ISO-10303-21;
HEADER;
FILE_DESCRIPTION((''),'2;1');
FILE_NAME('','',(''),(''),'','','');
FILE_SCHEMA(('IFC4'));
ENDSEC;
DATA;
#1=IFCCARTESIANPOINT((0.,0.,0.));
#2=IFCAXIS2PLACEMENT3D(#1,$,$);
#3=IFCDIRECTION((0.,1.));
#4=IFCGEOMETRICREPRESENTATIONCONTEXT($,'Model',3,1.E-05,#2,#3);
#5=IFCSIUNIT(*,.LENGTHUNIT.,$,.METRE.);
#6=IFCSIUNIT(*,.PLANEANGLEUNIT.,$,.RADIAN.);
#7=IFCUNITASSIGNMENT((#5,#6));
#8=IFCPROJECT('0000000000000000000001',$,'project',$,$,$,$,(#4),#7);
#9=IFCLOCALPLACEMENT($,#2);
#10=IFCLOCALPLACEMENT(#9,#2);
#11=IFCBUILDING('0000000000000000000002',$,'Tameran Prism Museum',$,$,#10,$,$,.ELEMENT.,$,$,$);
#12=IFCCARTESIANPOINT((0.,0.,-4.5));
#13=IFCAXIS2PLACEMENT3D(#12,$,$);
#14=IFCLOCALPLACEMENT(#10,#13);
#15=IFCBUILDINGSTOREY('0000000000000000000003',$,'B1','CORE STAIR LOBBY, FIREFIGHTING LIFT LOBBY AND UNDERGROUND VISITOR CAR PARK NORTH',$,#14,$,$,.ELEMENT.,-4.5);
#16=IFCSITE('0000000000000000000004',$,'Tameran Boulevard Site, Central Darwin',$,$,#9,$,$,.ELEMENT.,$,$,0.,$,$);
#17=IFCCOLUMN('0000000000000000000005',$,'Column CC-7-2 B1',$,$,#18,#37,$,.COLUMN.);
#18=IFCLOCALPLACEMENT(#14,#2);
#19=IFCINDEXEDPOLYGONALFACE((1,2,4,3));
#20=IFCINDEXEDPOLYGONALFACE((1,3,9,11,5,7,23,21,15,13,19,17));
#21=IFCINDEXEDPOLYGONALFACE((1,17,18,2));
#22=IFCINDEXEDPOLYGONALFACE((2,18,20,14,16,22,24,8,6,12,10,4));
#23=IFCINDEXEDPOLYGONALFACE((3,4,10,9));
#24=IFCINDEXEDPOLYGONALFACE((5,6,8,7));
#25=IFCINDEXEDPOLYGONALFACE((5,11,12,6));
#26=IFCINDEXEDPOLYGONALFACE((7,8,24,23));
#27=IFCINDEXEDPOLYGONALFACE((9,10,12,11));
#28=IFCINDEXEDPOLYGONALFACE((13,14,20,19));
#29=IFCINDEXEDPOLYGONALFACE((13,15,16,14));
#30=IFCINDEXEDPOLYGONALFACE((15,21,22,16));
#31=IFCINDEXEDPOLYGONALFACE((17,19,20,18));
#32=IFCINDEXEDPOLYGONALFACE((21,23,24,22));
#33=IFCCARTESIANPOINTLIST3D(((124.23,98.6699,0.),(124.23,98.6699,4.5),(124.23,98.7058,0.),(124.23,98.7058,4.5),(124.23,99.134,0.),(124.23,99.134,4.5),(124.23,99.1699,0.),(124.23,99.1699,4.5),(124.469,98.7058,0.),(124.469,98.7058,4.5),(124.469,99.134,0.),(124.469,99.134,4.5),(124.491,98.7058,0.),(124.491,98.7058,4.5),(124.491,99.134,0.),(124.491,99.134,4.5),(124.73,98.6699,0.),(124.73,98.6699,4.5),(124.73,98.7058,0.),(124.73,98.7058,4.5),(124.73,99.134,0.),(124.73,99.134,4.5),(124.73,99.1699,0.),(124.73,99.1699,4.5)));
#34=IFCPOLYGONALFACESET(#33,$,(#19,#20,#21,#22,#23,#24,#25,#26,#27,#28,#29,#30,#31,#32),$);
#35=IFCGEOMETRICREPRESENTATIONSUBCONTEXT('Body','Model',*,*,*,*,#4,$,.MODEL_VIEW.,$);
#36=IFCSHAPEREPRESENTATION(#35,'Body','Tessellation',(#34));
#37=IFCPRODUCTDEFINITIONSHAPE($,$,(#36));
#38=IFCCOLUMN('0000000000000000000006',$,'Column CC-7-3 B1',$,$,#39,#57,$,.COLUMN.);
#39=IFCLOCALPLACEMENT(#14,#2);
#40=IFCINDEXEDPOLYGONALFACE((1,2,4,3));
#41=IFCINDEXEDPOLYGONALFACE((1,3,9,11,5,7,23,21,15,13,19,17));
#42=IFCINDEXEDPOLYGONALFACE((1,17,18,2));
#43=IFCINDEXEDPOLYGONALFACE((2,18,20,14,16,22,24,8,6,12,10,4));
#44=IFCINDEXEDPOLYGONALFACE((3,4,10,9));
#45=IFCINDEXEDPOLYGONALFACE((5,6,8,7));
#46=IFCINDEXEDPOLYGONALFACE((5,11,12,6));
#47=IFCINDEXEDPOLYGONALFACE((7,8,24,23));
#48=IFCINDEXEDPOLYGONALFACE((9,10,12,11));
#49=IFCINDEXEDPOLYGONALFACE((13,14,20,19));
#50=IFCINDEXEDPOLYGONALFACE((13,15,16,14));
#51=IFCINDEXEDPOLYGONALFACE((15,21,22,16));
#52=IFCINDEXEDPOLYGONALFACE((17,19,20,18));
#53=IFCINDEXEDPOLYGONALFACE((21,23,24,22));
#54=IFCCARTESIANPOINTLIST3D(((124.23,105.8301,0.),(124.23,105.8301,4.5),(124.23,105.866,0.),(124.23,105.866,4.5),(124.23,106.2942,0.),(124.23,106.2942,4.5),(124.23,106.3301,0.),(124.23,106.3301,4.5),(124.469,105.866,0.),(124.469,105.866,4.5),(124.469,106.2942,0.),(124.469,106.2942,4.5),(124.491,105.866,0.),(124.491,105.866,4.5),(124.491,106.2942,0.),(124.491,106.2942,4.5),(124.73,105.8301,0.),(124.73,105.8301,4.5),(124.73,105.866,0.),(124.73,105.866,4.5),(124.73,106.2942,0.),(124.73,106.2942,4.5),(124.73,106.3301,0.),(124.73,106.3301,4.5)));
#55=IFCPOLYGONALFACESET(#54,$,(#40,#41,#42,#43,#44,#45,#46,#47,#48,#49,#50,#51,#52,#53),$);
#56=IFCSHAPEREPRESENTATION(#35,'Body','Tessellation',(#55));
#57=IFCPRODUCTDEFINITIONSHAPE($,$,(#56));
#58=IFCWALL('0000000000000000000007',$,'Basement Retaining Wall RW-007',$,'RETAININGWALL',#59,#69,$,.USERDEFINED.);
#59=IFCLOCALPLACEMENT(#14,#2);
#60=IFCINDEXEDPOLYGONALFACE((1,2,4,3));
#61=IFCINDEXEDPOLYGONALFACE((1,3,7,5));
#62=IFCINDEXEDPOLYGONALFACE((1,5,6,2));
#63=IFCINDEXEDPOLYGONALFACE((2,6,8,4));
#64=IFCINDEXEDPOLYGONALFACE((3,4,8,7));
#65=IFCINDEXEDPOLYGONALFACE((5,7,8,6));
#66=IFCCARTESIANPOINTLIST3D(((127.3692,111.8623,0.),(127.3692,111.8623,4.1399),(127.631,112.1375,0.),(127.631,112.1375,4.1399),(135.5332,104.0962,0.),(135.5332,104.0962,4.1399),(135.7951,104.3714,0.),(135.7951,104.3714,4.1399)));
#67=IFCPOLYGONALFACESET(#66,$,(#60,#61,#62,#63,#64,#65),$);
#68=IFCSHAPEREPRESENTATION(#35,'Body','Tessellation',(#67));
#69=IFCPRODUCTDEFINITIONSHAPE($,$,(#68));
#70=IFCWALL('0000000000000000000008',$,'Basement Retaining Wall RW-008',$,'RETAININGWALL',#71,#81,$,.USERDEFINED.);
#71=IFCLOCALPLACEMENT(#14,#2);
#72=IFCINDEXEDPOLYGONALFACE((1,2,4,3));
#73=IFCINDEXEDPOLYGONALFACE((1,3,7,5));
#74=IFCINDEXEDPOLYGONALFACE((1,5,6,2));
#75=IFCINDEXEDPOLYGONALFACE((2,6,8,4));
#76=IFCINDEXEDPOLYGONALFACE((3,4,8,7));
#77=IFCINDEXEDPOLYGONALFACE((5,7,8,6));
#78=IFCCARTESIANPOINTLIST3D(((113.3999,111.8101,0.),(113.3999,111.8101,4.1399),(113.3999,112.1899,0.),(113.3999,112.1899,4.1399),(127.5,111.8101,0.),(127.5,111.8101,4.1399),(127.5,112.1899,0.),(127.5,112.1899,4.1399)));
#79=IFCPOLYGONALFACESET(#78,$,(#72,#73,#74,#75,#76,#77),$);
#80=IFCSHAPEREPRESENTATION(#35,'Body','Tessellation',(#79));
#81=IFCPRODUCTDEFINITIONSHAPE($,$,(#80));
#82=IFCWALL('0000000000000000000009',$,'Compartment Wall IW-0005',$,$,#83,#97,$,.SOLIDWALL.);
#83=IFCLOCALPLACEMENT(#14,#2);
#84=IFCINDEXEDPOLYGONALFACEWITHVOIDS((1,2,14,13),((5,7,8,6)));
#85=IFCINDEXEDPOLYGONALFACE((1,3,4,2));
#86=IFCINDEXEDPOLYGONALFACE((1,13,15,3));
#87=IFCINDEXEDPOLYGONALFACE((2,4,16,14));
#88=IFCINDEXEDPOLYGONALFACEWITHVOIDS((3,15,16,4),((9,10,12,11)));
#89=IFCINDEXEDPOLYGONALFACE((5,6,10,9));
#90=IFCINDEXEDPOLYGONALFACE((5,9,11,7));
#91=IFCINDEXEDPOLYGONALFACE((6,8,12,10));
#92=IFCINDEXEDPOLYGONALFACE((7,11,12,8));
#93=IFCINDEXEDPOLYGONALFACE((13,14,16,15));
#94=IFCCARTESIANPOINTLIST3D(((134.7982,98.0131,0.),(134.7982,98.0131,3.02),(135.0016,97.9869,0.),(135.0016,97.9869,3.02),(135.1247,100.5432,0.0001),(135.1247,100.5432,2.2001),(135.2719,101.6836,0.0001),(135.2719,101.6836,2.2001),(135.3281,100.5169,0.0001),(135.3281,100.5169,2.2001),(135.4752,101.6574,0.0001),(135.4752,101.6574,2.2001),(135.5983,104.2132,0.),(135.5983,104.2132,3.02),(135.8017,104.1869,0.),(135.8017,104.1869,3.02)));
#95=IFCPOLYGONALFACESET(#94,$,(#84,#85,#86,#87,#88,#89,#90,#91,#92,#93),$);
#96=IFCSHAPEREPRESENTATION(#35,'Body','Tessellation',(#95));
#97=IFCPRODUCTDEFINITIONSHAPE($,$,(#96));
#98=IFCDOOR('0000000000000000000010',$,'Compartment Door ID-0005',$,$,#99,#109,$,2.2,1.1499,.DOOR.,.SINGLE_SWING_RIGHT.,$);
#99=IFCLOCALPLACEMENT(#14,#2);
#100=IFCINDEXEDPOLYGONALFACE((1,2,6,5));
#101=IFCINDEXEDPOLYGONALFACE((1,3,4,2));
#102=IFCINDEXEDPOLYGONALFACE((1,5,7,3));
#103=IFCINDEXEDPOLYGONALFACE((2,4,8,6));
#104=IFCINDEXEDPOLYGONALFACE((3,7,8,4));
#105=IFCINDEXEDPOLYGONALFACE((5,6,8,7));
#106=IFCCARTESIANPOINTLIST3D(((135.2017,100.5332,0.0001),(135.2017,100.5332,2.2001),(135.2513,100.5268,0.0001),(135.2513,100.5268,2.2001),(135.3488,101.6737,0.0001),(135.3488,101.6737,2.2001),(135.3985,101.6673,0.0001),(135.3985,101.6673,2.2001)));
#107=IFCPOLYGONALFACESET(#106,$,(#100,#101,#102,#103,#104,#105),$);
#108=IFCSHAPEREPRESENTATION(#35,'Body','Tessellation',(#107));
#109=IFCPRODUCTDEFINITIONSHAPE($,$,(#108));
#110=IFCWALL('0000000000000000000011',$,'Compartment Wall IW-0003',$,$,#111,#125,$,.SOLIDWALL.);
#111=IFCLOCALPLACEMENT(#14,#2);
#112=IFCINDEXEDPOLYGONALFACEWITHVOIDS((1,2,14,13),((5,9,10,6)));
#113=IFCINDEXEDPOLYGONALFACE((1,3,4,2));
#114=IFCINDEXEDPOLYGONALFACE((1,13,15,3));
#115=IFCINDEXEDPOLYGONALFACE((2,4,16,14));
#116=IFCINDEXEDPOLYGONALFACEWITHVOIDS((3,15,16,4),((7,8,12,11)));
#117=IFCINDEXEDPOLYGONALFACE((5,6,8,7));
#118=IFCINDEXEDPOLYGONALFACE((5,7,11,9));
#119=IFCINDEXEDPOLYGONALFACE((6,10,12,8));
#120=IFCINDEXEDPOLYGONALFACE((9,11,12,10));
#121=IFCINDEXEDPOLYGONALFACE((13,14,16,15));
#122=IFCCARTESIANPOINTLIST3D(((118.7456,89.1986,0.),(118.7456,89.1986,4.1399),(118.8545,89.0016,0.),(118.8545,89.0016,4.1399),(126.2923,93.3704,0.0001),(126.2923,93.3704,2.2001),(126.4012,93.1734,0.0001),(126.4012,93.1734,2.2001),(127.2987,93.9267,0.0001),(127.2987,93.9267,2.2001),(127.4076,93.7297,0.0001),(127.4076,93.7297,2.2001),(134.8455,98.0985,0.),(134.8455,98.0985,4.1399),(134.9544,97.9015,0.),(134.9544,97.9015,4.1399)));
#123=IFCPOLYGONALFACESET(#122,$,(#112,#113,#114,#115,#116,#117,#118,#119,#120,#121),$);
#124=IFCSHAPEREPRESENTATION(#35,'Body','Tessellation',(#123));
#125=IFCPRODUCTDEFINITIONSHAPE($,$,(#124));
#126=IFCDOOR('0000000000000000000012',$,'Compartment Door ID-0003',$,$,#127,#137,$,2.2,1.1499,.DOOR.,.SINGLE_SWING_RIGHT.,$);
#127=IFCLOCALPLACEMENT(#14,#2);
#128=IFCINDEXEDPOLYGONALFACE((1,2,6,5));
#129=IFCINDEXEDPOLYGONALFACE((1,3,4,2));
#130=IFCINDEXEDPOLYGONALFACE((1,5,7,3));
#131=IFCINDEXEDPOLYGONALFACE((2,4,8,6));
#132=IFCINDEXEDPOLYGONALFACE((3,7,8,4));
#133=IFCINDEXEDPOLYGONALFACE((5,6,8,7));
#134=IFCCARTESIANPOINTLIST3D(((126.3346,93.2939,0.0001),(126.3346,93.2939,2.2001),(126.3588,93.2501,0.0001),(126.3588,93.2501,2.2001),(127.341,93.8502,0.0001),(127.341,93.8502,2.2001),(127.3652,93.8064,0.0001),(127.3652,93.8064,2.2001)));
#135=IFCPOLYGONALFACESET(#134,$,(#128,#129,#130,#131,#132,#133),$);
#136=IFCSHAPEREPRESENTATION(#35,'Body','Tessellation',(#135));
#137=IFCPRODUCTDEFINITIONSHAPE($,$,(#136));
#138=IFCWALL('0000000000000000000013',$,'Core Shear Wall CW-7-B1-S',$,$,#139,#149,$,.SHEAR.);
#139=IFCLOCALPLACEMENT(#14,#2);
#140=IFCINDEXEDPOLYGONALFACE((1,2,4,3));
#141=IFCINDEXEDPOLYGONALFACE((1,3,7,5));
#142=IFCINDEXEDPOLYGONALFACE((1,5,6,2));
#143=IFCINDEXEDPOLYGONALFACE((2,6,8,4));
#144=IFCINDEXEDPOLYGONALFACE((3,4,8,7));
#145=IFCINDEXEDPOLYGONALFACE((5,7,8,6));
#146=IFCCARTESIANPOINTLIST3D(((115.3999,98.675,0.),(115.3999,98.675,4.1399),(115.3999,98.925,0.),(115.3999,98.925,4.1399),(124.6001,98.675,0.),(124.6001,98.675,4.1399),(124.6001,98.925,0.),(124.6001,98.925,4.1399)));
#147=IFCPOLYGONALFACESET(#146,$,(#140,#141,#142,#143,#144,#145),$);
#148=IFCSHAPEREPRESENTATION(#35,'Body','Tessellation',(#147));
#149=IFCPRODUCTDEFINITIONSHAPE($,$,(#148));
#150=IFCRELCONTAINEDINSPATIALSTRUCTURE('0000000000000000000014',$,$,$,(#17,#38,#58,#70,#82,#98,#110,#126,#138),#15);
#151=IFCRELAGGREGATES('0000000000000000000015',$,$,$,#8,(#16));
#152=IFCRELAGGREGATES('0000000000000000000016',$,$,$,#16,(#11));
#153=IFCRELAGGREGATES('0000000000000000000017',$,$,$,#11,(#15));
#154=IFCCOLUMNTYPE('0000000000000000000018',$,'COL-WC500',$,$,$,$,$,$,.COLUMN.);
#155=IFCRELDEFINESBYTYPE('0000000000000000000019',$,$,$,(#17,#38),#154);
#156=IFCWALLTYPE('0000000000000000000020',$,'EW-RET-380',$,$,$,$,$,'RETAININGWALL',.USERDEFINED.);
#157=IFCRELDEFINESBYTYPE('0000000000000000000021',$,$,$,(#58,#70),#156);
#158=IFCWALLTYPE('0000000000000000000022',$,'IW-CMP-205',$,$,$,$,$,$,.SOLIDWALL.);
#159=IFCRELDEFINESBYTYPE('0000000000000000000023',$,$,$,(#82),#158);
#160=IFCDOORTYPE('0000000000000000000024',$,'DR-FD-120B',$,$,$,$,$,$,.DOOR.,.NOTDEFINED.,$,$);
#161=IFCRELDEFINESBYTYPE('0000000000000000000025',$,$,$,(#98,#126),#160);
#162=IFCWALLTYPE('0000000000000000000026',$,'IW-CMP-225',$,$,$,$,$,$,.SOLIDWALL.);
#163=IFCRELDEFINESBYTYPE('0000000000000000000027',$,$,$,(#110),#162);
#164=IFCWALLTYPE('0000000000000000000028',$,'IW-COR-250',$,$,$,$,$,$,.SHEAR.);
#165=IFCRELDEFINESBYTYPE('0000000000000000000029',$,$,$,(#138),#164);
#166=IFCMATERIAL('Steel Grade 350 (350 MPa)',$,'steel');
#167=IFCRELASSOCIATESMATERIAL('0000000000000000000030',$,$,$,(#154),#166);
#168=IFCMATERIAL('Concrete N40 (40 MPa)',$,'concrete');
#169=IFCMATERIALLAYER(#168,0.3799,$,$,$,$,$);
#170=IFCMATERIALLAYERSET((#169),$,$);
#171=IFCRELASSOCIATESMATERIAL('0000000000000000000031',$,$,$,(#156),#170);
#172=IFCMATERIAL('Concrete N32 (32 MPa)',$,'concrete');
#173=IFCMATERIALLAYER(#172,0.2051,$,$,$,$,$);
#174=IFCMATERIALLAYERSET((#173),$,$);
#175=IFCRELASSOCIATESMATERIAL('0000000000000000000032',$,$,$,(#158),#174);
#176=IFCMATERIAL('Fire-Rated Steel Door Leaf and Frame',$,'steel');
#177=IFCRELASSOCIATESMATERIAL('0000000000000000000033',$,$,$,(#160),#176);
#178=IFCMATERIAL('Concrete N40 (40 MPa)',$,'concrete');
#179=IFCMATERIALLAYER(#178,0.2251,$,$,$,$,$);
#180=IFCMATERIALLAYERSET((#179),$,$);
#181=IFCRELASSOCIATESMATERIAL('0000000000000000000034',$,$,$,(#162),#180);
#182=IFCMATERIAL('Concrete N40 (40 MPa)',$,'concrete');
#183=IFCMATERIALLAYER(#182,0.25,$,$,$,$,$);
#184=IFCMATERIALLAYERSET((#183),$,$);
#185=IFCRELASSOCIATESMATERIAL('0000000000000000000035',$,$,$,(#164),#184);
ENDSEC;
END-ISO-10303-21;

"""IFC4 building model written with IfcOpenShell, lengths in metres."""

from ifc_helpers import new_model, si_unit, direction, frame, frame_2d, origin, origin_2d, place, context, subcontext, project, spatial, rectangle, i_section, extrude, material, layer, layer_set, material_profile, profile_set, type_object, element, fill, save


model = new_model("IFC4")

# Units and contexts
model_context = context("Model", 3, precision=1e-05, world=origin(), true_north=direction((0.0, 1.0)))
body_context = subcontext(model_context, "Body", "Model", "MODEL_VIEW")
ifc_project = project(units=[si_unit("LENGTHUNIT", "METRE"), si_unit("PLANEANGLEUNIT", "RADIAN")], contexts=[model_context])

# Site, building, storey
site_placement = place(None, origin())
site = spatial("IfcSite", under=ifc_project, at=site_placement, Name="Tameran Boulevard Site, Central Darwin", CompositionType="ELEMENT", RefElevation=0.0)
building_placement = place(site_placement, origin())
building = spatial("IfcBuilding", under=site, at=building_placement, Name="Tameran Prism Museum", CompositionType="ELEMENT")
storey_placement = place(building_placement, frame((0.0, 0.0, -4.5)))
storey = spatial("IfcBuildingStorey", under=building, at=storey_placement, Name="B1", Description="CORE STAIR LOBBY, FIREFIGHTING LIFT LOBBY AND UNDERGROUND VISITOR CAR PARK NORTH", CompositionType="ELEMENT", Elevation=-4.5)

# Columns
ifc_material_1 = material(Name="Steel Grade 350 (350 MPa)", Category="steel")
ifc_material_profile_1 = material_profile(ifc_material_1, i_section(OverallWidth=0.5, OverallDepth=0.5, WebThickness=0.022, FlangeThickness=0.0359, at=origin_2d()))
ifc_profile_set_1 = profile_set([ifc_material_profile_1])
column_type = type_object("IfcColumnType", Name="COL-WC500", PredefinedType="COLUMN", material=ifc_profile_set_1)
for number, where, z_axis, x_axis, name in (
    (1, (124.48, 98.9199, 0.0), (0.0, 0.0, 1.0), (1.0, 0.0, 0.0), "Column CC-7-2 B1"),
    (2, (124.48, 106.0801, 0.0), (0.0, 0.0, 1.0), (1.0, 0.0, 0.0), "Column CC-7-3 B1"),
):
    element("IfcColumn", number, at=place(storey_placement, frame(where, z_axis=z_axis, x_axis=x_axis)), inside=storey, type_object=column_type, Name=name, PredefinedType="COLUMN", context=body_context, shape_type="SweptSolid", body=[
        extrude(i_section(OverallWidth=0.5, OverallDepth=0.5, WebThickness=0.022, FlangeThickness=0.0359, at=origin_2d()), origin(), (0.0, 0.0, 1.0), 4.5),
    ])

# Walls
ifc_material_2 = material(Name="Concrete N40 (40 MPa)", Category="concrete")
ifc_layer_1 = layer(ifc_material_2, 0.3799)
ifc_layer_set_1 = layer_set([ifc_layer_1])
wall_type_1 = type_object("IfcWallType", Name="EW-RET-380", ElementType="RETAININGWALL", PredefinedType="USERDEFINED", material=ifc_layer_set_1)
wall_1_placement = place(storey_placement, frame((135.6641, 104.2339, 0.0), z_axis=(0.0, 0.0, 1.0), x_axis=(-0.724545, 0.689228, 0.0)))
element("IfcWall", 3, at=wall_1_placement, inside=storey, type_object=wall_type_1, Name="Basement Retaining Wall RW-007", ObjectType="RETAININGWALL", PredefinedType="USERDEFINED", context=body_context, shape_type="SweptSolid", body=[
    extrude(rectangle(XDim=11.2678, YDim=0.3799, at=frame_2d((5.6338, 0.0))), origin(), (0.0, 0.0, 1.0), 4.1399),
])
wall_2_placement = place(storey_placement, frame((127.5, 112.0, 0.0), z_axis=(0.0, 0.0, 1.0), x_axis=(-1.0, 0.0, 0.0)))
element("IfcWall", 4, at=wall_2_placement, inside=storey, type_object=wall_type_1, Name="Basement Retaining Wall RW-008", ObjectType="RETAININGWALL", PredefinedType="USERDEFINED", context=body_context, shape_type="SweptSolid", body=[
    extrude(rectangle(XDim=14.1001, YDim=0.3799, at=frame_2d((7.05, 0.0))), origin(), (0.0, 0.0, 1.0), 4.1399),
])

# Walls, openings, doors
ifc_material_3 = material(Name="Concrete N32 (32 MPa)", Category="concrete")
ifc_layer_2 = layer(ifc_material_3, 0.2051)
ifc_layer_set_2 = layer_set([ifc_layer_2])
wall_type_2 = type_object("IfcWallType", Name="IW-CMP-205", PredefinedType="SOLIDWALL", material=ifc_layer_set_2)
wall_3_placement = place(storey_placement, frame((134.8999, 98.0, 0.0), z_axis=(0.0, 0.0, 1.0), x_axis=(0.12798, 0.991777, 0.0)))
wall_3 = element("IfcWall", 5, at=wall_3_placement, inside=storey, type_object=wall_type_2, Name="Compartment Wall IW-0005", PredefinedType="SOLIDWALL", context=body_context, shape_type="SweptSolid", body=[
    extrude(rectangle(XDim=6.2515, YDim=0.2051, at=frame_2d((3.1257, 0.0))), origin(), (0.0, 0.0, 1.0), 3.02),
])
opening_1_placement = place(wall_3_placement, frame((2.551, 0.0, 0.0)))
opening_1 = element("IfcOpeningElement", 6, at=opening_1_placement, cuts=wall_3, PredefinedType="OPENING", context=body_context, shape_type="SweptSolid", body=[
    extrude(rectangle(XDim=1.1499, YDim=2.2, at=frame_2d((0.575, 1.1001))), frame((0.0, 0.1125, 0.0), z_axis=(0.0, -1.0, 0.0), x_axis=(1.0, 0.0, 0.0)), (0.0, 0.0, 1.0), 0.2251),
])
ifc_material_4 = material(Name="Fire-Rated Steel Door Leaf and Frame", Category="steel")
door_type_1 = type_object("IfcDoorType", Name="DR-FD-120B", OperationType="NOTDEFINED", PredefinedType="DOOR", material=ifc_material_4)
door_1_placement = place(opening_1_placement, origin())
door_1 = element("IfcDoor", 7, at=door_1_placement, inside=storey, type_object=door_type_1, Name="Compartment Door ID-0005", OperationType="SINGLE_SWING_RIGHT", OverallHeight=2.2, OverallWidth=1.1499, PredefinedType="DOOR", context=body_context, shape_type="SweptSolid", body=[
    extrude(rectangle(XDim=1.1499, YDim=2.2, at=frame_2d((0.575, 1.1001))), frame((0.0, 0.0249, 0.0), z_axis=(0.0, -1.0, 0.0), x_axis=(1.0, 0.0, 0.0)), (0.0, 0.0, 1.0), 0.05),
])
fill(opening_1, door_1)
ifc_material_5 = material(Name="Concrete N40 (40 MPa)", Category="concrete")
ifc_layer_3 = layer(ifc_material_5, 0.2251)
ifc_layer_set_3 = layer_set([ifc_layer_3])
wall_type_3 = type_object("IfcWallType", Name="IW-CMP-225", PredefinedType="SOLIDWALL", material=ifc_layer_set_3)
wall_4_placement = place(storey_placement, frame((134.8999, 98.0, 0.0), z_axis=(0.0, 0.0, 1.0), x_axis=(-0.875181, -0.483795, 0.0)))
wall_4 = element("IfcWall", 8, at=wall_4_placement, inside=storey, type_object=wall_type_3, Name="Compartment Wall IW-0003", PredefinedType="SOLIDWALL", context=body_context, shape_type="SweptSolid", body=[
    extrude(rectangle(XDim=18.396, YDim=0.2251, at=frame_2d((9.198, 0.0))), origin(), (0.0, 0.0, 1.0), 4.1399),
])
opening_2_placement = place(wall_4_placement, frame((8.623, 0.0, 0.0)))
opening_2 = element("IfcOpeningElement", 9, at=opening_2_placement, cuts=wall_4, PredefinedType="OPENING", context=body_context, shape_type="SweptSolid", body=[
    extrude(rectangle(XDim=1.1499, YDim=2.2, at=frame_2d((0.575, 1.1001))), frame((0.0, 0.1226, 0.0), z_axis=(0.0, -1.0, 0.0), x_axis=(1.0, 0.0, 0.0)), (0.0, 0.0, 1.0), 0.2451),
])
door_2_placement = place(opening_2_placement, origin())
door_2 = element("IfcDoor", 10, at=door_2_placement, inside=storey, type_object=door_type_1, Name="Compartment Door ID-0003", OperationType="SINGLE_SWING_RIGHT", OverallHeight=2.2, OverallWidth=1.1499, PredefinedType="DOOR", context=body_context, shape_type="SweptSolid", body=[
    extrude(rectangle(XDim=1.1499, YDim=2.2, at=frame_2d((0.575, 1.1001))), frame((0.0, 0.0249, 0.0), z_axis=(0.0, -1.0, 0.0), x_axis=(1.0, 0.0, 0.0)), (0.0, 0.0, 1.0), 0.05),
])
fill(opening_2, door_2)

# Wall
ifc_material_6 = material(Name="Concrete N40 (40 MPa)", Category="concrete")
ifc_layer_4 = layer(ifc_material_6, 0.25)
ifc_layer_set_4 = layer_set([ifc_layer_4])
wall_type_4 = type_object("IfcWallType", Name="IW-COR-250", PredefinedType="SHEAR", material=ifc_layer_set_4)
wall_5_placement = place(storey_placement, frame((124.6001, 98.8, 0.0), z_axis=(0.0, 0.0, 1.0), x_axis=(-1.0, 0.0, 0.0)))
element("IfcWall", 11, at=wall_5_placement, inside=storey, type_object=wall_type_4, Name="Core Shear Wall CW-7-B1-S", PredefinedType="SHEAR", context=body_context, shape_type="SweptSolid", body=[
    extrude(rectangle(XDim=9.2002, YDim=0.25, at=frame_2d((4.6001, 0.0))), origin(), (0.0, 0.0, 1.0), 4.1399),
])

save(model, "model.ifc")
